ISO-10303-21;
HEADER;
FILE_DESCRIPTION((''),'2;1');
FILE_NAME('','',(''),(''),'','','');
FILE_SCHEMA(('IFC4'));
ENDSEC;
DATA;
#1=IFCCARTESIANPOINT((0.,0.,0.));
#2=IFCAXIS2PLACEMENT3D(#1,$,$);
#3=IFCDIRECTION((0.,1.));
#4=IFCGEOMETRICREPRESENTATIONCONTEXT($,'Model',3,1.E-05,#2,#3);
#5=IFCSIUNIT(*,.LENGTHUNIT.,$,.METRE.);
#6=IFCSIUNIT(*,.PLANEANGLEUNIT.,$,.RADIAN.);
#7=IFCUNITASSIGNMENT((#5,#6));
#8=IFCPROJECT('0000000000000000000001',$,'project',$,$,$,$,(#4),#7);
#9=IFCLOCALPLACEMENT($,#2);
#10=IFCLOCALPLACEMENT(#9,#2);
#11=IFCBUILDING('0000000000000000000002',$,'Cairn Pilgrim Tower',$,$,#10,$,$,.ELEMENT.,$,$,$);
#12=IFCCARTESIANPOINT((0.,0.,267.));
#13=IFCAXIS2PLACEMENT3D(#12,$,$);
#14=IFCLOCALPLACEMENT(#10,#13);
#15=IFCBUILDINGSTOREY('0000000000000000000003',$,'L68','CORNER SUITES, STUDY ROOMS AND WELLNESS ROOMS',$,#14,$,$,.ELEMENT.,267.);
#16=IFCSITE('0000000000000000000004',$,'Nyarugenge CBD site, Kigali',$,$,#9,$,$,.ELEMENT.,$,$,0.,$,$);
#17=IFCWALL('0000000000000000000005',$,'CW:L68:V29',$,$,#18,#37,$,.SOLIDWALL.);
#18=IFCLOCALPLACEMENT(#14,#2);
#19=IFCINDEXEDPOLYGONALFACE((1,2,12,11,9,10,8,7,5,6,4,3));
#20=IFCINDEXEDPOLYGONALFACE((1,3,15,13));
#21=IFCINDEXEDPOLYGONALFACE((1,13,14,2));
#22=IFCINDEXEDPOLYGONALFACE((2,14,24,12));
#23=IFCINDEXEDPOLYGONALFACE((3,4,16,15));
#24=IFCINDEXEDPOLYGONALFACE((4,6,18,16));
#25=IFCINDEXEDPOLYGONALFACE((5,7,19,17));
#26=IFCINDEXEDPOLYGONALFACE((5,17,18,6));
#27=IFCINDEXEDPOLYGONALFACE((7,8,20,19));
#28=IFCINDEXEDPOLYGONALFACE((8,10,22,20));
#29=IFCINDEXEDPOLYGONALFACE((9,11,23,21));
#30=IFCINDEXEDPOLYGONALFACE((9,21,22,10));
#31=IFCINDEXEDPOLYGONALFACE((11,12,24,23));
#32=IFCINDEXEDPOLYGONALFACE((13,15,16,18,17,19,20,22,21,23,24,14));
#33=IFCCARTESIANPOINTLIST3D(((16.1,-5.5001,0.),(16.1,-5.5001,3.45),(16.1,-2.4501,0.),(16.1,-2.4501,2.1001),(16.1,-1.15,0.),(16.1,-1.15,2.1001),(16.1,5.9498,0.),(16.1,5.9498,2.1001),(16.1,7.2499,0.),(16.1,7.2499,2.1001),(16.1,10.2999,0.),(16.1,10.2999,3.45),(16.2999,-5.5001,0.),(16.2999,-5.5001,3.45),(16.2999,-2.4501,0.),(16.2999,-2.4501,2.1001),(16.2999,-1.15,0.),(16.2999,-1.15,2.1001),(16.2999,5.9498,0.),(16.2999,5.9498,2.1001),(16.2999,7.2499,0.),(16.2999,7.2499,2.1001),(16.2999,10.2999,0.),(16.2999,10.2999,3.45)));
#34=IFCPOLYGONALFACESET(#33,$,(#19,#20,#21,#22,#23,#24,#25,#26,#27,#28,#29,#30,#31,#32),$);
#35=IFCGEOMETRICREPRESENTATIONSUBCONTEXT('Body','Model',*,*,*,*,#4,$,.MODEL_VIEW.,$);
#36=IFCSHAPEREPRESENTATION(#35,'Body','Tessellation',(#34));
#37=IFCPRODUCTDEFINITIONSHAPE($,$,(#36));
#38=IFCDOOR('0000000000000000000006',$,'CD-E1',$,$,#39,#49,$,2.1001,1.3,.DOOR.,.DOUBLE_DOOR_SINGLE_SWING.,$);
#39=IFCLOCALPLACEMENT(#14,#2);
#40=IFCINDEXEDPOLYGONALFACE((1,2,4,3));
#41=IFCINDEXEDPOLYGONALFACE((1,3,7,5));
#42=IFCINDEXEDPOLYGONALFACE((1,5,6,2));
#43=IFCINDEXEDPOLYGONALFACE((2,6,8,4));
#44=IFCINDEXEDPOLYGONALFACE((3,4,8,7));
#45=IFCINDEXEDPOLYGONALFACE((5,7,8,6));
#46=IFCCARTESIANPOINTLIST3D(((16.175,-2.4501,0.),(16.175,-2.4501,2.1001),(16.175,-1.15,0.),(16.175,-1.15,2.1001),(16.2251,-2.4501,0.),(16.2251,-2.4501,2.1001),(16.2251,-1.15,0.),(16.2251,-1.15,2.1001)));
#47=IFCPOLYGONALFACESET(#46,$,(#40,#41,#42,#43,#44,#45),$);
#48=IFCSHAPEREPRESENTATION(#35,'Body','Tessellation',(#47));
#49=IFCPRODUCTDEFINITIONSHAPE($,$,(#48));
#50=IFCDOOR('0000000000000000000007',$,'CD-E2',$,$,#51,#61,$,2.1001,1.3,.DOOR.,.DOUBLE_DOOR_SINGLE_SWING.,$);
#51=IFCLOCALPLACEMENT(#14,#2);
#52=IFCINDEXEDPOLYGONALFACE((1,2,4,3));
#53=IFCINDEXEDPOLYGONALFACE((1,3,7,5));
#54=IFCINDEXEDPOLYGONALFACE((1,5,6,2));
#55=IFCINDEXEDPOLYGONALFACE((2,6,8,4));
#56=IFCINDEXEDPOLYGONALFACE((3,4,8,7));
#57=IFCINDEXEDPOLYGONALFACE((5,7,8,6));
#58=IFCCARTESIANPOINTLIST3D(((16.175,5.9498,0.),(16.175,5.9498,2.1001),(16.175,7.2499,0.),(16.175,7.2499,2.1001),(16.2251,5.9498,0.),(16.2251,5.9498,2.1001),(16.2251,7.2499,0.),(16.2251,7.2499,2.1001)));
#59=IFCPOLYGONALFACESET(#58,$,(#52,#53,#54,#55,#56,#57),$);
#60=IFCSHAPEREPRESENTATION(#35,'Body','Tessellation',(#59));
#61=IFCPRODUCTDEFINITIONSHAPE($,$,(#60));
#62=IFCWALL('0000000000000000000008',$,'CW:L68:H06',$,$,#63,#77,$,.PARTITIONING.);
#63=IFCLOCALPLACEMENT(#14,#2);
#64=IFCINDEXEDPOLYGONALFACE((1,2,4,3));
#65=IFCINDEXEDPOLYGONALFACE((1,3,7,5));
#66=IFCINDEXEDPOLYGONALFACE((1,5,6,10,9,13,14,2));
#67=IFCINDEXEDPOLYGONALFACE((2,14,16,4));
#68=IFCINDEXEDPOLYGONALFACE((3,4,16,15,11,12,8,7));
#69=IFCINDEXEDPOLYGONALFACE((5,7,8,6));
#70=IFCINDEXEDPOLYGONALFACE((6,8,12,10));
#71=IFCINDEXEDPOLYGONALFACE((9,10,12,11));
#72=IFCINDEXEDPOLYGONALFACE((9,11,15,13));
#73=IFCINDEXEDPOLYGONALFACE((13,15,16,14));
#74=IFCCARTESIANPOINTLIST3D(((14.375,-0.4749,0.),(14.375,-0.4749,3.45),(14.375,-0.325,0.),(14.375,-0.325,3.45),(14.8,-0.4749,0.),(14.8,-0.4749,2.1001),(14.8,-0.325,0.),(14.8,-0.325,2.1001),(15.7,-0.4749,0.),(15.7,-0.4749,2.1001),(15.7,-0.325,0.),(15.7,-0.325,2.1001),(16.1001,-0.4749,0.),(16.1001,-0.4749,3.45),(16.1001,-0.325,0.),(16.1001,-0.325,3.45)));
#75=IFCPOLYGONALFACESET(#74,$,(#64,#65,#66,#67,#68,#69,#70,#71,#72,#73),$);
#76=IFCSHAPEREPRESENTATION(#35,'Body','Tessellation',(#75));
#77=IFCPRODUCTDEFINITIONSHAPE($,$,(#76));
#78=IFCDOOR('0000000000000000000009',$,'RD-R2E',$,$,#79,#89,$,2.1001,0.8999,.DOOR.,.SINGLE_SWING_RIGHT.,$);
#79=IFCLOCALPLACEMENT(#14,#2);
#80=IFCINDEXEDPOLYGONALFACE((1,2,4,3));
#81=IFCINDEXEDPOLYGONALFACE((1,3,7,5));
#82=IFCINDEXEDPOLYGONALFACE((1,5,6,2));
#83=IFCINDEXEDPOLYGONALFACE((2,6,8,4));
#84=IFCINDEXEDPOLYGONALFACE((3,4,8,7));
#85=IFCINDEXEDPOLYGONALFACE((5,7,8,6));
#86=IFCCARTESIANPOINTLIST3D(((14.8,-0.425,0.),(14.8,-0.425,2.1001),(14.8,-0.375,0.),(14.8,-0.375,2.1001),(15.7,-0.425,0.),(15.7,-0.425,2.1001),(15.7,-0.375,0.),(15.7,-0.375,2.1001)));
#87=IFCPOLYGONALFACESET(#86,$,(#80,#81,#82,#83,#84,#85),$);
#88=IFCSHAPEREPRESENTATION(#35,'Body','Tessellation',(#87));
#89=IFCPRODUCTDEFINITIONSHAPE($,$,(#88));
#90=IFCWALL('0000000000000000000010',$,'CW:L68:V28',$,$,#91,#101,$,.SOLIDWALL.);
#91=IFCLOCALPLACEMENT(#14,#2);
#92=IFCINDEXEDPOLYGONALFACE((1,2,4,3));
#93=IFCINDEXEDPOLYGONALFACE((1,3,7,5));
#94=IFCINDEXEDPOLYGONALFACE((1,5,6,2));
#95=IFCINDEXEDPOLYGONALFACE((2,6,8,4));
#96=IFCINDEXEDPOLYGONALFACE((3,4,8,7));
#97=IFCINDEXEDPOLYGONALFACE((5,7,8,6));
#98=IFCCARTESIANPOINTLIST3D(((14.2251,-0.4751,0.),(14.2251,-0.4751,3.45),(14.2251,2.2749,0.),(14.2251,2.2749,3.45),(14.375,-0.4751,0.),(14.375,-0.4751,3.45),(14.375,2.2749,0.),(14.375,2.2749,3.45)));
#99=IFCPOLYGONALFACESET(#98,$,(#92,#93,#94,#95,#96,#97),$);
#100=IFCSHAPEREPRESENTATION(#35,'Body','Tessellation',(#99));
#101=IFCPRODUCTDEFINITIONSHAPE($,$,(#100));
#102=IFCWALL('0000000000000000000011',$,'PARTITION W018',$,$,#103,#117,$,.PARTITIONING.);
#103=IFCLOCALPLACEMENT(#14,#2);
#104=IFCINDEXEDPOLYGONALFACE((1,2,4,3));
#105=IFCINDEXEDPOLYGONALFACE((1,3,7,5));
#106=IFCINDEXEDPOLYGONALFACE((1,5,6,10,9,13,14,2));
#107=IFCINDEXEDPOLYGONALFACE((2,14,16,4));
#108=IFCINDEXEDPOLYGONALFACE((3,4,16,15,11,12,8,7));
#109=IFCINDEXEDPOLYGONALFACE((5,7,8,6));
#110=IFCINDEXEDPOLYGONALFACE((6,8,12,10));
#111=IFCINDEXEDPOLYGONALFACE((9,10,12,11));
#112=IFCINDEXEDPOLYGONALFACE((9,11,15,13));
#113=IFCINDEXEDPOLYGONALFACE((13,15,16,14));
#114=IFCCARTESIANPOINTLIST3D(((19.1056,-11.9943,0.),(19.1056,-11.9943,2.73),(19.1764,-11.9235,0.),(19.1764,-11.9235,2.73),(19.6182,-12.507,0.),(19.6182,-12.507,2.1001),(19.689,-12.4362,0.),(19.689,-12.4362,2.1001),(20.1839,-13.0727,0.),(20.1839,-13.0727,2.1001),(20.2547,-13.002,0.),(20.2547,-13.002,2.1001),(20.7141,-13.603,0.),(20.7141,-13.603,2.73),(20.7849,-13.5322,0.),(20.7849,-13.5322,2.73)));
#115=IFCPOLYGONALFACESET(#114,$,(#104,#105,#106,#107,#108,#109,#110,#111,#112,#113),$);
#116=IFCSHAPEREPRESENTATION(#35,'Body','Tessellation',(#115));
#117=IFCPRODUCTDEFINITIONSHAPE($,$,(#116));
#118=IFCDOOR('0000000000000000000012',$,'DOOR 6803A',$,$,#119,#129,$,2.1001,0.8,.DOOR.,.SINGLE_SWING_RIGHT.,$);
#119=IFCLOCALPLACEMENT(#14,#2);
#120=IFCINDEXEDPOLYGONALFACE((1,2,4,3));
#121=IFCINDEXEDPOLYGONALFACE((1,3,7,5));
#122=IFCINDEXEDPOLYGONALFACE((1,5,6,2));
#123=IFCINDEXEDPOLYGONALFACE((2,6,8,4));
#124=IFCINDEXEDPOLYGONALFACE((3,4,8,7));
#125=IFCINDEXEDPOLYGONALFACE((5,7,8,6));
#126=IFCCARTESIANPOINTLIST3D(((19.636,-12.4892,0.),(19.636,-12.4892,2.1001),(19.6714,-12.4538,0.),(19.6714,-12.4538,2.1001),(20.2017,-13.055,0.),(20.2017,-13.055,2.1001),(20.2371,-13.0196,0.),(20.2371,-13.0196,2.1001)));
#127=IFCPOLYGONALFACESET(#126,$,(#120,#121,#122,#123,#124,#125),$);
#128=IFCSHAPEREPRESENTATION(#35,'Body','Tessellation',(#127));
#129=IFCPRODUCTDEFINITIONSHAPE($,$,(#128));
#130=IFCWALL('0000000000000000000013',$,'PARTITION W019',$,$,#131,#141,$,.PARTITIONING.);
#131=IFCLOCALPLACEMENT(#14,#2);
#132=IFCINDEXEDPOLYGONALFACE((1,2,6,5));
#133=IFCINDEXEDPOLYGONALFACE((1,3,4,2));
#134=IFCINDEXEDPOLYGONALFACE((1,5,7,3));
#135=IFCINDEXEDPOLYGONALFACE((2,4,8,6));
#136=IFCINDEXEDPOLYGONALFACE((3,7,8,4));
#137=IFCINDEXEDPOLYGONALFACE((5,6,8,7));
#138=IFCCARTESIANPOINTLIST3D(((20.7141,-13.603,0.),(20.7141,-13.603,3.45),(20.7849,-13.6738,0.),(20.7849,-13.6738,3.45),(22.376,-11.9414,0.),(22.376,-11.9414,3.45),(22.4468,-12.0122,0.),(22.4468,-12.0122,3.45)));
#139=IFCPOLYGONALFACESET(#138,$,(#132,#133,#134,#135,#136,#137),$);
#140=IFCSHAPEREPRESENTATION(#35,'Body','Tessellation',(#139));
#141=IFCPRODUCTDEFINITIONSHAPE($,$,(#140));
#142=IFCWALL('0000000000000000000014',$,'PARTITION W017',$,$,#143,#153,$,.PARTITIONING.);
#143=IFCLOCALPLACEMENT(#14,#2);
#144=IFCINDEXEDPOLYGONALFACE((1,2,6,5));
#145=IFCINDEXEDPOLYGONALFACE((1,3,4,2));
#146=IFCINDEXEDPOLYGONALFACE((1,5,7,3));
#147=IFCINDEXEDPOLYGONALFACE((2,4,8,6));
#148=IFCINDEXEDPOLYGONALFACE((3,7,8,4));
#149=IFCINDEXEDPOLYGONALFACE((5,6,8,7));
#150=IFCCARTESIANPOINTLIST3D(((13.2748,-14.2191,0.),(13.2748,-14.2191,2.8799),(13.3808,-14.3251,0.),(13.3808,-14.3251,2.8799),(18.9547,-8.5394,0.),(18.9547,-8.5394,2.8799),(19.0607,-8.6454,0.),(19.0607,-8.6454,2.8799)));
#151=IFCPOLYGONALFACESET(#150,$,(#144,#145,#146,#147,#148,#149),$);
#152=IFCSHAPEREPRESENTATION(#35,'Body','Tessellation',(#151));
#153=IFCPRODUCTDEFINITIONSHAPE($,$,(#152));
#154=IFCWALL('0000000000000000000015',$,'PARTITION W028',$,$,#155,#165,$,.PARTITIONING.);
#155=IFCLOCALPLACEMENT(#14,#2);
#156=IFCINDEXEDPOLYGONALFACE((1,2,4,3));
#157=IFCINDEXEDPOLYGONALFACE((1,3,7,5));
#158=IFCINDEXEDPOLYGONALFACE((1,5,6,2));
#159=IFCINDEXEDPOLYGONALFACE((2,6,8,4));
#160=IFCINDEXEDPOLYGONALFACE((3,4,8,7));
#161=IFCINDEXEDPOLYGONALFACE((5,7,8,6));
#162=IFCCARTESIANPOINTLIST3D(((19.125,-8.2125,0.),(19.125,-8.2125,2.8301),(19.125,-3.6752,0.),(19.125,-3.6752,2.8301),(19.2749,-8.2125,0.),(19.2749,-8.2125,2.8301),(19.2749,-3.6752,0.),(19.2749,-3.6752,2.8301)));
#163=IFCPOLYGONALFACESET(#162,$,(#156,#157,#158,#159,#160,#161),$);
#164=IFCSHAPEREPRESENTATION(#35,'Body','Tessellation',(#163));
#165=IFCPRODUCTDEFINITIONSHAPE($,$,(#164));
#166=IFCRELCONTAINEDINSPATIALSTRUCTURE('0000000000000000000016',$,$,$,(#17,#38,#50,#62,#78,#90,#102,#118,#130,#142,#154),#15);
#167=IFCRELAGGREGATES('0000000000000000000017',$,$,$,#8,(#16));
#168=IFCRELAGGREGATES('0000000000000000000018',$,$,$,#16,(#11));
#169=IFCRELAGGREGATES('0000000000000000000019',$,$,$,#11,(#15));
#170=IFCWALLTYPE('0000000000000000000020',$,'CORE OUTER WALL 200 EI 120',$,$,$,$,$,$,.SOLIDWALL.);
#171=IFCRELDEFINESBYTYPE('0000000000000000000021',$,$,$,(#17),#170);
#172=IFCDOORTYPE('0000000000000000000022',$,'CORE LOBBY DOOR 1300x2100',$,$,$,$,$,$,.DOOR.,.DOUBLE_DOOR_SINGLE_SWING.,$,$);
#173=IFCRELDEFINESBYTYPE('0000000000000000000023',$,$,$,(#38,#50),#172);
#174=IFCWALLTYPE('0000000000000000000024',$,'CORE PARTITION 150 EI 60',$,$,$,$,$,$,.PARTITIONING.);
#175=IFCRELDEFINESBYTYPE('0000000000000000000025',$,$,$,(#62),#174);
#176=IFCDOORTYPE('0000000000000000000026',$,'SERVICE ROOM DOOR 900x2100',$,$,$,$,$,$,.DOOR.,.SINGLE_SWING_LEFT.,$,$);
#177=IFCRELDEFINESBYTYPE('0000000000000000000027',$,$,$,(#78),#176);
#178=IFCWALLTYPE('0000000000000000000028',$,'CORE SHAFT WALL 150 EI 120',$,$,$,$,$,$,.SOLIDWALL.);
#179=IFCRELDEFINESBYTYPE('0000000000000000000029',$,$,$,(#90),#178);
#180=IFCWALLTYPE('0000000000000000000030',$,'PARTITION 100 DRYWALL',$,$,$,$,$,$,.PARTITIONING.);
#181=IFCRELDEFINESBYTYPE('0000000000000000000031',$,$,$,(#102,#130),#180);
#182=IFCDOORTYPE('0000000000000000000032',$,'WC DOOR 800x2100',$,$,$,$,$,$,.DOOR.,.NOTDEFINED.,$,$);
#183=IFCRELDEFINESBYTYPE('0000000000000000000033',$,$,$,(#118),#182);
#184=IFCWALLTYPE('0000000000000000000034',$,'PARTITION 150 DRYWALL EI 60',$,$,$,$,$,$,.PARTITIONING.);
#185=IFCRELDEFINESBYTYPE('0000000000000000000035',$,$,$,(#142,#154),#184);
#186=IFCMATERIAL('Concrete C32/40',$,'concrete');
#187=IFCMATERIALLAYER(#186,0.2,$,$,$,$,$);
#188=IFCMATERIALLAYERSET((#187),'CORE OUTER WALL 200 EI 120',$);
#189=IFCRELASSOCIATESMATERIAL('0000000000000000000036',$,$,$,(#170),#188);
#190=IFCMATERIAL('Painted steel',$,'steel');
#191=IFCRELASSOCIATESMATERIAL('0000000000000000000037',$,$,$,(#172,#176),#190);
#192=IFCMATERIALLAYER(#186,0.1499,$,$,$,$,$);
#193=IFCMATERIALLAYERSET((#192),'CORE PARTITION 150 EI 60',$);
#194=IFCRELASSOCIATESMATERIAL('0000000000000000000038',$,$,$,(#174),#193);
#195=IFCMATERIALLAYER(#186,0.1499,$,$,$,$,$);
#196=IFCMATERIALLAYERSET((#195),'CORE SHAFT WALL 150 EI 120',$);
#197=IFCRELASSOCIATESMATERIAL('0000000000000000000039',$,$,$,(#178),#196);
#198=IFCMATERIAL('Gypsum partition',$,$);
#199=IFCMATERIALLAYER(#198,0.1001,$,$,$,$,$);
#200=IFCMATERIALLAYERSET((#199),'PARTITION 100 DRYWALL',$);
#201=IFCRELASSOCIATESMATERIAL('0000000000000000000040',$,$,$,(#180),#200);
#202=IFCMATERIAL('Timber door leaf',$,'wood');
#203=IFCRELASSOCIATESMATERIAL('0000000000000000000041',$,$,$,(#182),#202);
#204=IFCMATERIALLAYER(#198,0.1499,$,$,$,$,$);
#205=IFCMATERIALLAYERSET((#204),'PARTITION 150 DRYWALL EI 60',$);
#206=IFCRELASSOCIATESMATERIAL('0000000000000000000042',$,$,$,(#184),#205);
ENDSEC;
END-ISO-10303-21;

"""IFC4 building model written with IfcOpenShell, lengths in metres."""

from ifc_helpers import new_model, si_unit, direction, frame, frame_2d, origin, place, context, subcontext, project, spatial, rectangle, extrude, material, layer, layer_set, type_object, element, fill, save


model = new_model("IFC4")

# Units and contexts
model_context = context("Model", 3, precision=1e-05, world=origin(), true_north=direction((0.0, 1.0)))
body_context = subcontext(model_context, "Body", "Model", "MODEL_VIEW")
ifc_project = project(units=[si_unit("LENGTHUNIT", "METRE"), si_unit("PLANEANGLEUNIT", "RADIAN")], contexts=[model_context])

# Site, building, storey
site_placement = place(None, origin())
site = spatial("IfcSite", under=ifc_project, at=site_placement, Name="Nyarugenge CBD site, Kigali", CompositionType="ELEMENT", RefElevation=0.0)
building_placement = place(site_placement, origin())
building = spatial("IfcBuilding", under=site, at=building_placement, Name="Cairn Pilgrim Tower", CompositionType="ELEMENT")
storey_placement = place(building_placement, frame((0.0, 0.0, 267.0)))
storey = spatial("IfcBuildingStorey", under=building, at=storey_placement, Name="L68", Description="CORNER SUITES, STUDY ROOMS AND WELLNESS ROOMS", CompositionType="ELEMENT", Elevation=267.0)

# Wall, openings, doors
ifc_material_1 = material(Name="Concrete C32/40", Category="concrete")
ifc_layer_1 = layer(ifc_material_1, 0.2)
ifc_layer_set_1 = layer_set([ifc_layer_1], Name="CORE OUTER WALL 200 EI 120")
wall_type_1 = type_object("IfcWallType", Name="CORE OUTER WALL 200 EI 120", PredefinedType="SOLIDWALL", material=ifc_layer_set_1)
wall_1_placement = place(storey_placement, frame((16.2, -5.5, 0.0), z_axis=(0.0, 0.0, 1.0), x_axis=(0.0, 1.0, 0.0)))
wall_1 = element("IfcWall", 1, at=wall_1_placement, inside=storey, type_object=wall_type_1, Name="CW:L68:V29", PredefinedType="SOLIDWALL", context=body_context, shape_type="SweptSolid", body=[
    extrude(rectangle(XDim=15.8, YDim=0.2, at=frame_2d((7.8999, 0.0))), origin(), (0.0, 0.0, 1.0), 3.45),
])
opening_1_placement = place(wall_1_placement, frame((3.05, 0.0, 0.0)))
opening_1 = element("IfcOpeningElement", 2, at=opening_1_placement, cuts=wall_1, PredefinedType="OPENING", context=body_context, shape_type="SweptSolid", body=[
    extrude(rectangle(XDim=1.3, YDim=2.1001, at=frame_2d((0.6499, 1.05))), frame((0.0, 0.1099, 0.0), z_axis=(0.0, -1.0, 0.0), x_axis=(1.0, 0.0, 0.0)), (0.0, 0.0, 1.0), 0.22),
])
opening_2_placement = place(wall_1_placement, frame((11.45, 0.0, 0.0)))
opening_2 = element("IfcOpeningElement", 3, at=opening_2_placement, cuts=wall_1, PredefinedType="OPENING", context=body_context, shape_type="SweptSolid", body=[
    extrude(rectangle(XDim=1.3, YDim=2.1001, at=frame_2d((0.6499, 1.05))), frame((0.0, 0.1099, 0.0), z_axis=(0.0, -1.0, 0.0), x_axis=(1.0, 0.0, 0.0)), (0.0, 0.0, 1.0), 0.22),
])
ifc_material_2 = material(Name="Painted steel", Category="steel")
door_type_1 = type_object("IfcDoorType", Name="CORE LOBBY DOOR 1300x2100", OperationType="DOUBLE_DOOR_SINGLE_SWING", PredefinedType="DOOR", material=ifc_material_2)
door_1_placement = place(opening_1_placement, origin())
door_1 = element("IfcDoor", 4, at=door_1_placement, inside=storey, type_object=door_type_1, Name="CD-E1", OperationType="DOUBLE_DOOR_SINGLE_SWING", OverallHeight=2.1001, OverallWidth=1.3, PredefinedType="DOOR", context=body_context, shape_type="SweptSolid", body=[
    extrude(rectangle(XDim=1.3, YDim=2.1001, at=frame_2d((0.6499, 1.05))), frame((0.0, 0.0249, 0.0), z_axis=(0.0, -1.0, 0.0), x_axis=(1.0, 0.0, 0.0)), (0.0, 0.0, 1.0), 0.05),
])
fill(opening_1, door_1)
door_2_placement = place(opening_2_placement, origin())
door_2 = element("IfcDoor", 5, at=door_2_placement, inside=storey, type_object=door_type_1, Name="CD-E2", OperationType="DOUBLE_DOOR_SINGLE_SWING", OverallHeight=2.1001, OverallWidth=1.3, PredefinedType="DOOR", context=body_context, shape_type="SweptSolid", body=[
    extrude(rectangle(XDim=1.3, YDim=2.1001, at=frame_2d((0.6499, 1.05))), frame((0.0, 0.0249, 0.0), z_axis=(0.0, -1.0, 0.0), x_axis=(1.0, 0.0, 0.0)), (0.0, 0.0, 1.0), 0.05),
])
fill(opening_2, door_2)

# Wall, opening, door
ifc_layer_2 = layer(ifc_material_1, 0.1499)
ifc_layer_set_2 = layer_set([ifc_layer_2], Name="CORE PARTITION 150 EI 60")
wall_type_2 = type_object("IfcWallType", Name="CORE PARTITION 150 EI 60", PredefinedType="PARTITIONING", material=ifc_layer_set_2)
wall_2_placement = place(storey_placement, frame((14.375, -0.3999, 0.0), z_axis=(0.0, 0.0, 1.0), x_axis=(1.0, 0.0, 0.0)))
wall_2 = element("IfcWall", 6, at=wall_2_placement, inside=storey, type_object=wall_type_2, Name="CW:L68:H06", PredefinedType="PARTITIONING", context=body_context, shape_type="SweptSolid", body=[
    extrude(rectangle(XDim=1.7251, YDim=0.1499, at=frame_2d((0.8625, 0.0))), origin(), (0.0, 0.0, 1.0), 3.45),
])
opening_3_placement = place(wall_2_placement, frame((0.425, 0.0, 0.0)))
opening_3 = element("IfcOpeningElement", 7, at=opening_3_placement, cuts=wall_2, PredefinedType="OPENING", context=body_context, shape_type="SweptSolid", body=[
    extrude(rectangle(XDim=0.8999, YDim=2.1001, at=frame_2d((0.45, 1.05))), frame((0.0, 0.085, 0.0), z_axis=(0.0, -1.0, 0.0), x_axis=(1.0, 0.0, 0.0)), (0.0, 0.0, 1.0), 0.1699),
])
door_type_2 = type_object("IfcDoorType", Name="SERVICE ROOM DOOR 900x2100", OperationType="SINGLE_SWING_LEFT", PredefinedType="DOOR", material=ifc_material_2)
door_3_placement = place(opening_3_placement, origin())
door_3 = element("IfcDoor", 8, at=door_3_placement, inside=storey, type_object=door_type_2, Name="RD-R2E", OperationType="SINGLE_SWING_RIGHT", OverallHeight=2.1001, OverallWidth=0.8999, PredefinedType="DOOR", context=body_context, shape_type="SweptSolid", body=[
    extrude(rectangle(XDim=0.8999, YDim=2.1001, at=frame_2d((0.45, 1.05))), frame((0.0, 0.0249, 0.0), z_axis=(0.0, -1.0, 0.0), x_axis=(1.0, 0.0, 0.0)), (0.0, 0.0, 1.0), 0.05),
])
fill(opening_3, door_3)

# Wall
ifc_layer_3 = layer(ifc_material_1, 0.1499)
ifc_layer_set_3 = layer_set([ifc_layer_3], Name="CORE SHAFT WALL 150 EI 120")
wall_type_3 = type_object("IfcWallType", Name="CORE SHAFT WALL 150 EI 120", PredefinedType="SOLIDWALL", material=ifc_layer_set_3)
wall_3_placement = place(storey_placement, frame((14.3, -0.4751, 0.0), z_axis=(0.0, 0.0, 1.0), x_axis=(0.0, 1.0, 0.0)))
element("IfcWall", 9, at=wall_3_placement, inside=storey, type_object=wall_type_3, Name="CW:L68:V28", PredefinedType="SOLIDWALL", context=body_context, shape_type="SweptSolid", body=[
    extrude(rectangle(XDim=2.75, YDim=0.1499, at=frame_2d((1.375, 0.0))), origin(), (0.0, 0.0, 1.0), 3.45),
])

# Wall, opening, door
ifc_material_3 = material(Name="Gypsum partition")
ifc_layer_4 = layer(ifc_material_3, 0.1001)
ifc_layer_set_4 = layer_set([ifc_layer_4], Name="PARTITION 100 DRYWALL")
wall_type_4 = type_object("IfcWallType", Name="PARTITION 100 DRYWALL", PredefinedType="PARTITIONING", material=ifc_layer_set_4)
wall_4_placement = place(storey_placement, frame((20.7495, -13.5676, 0.0), z_axis=(0.0, 0.0, 1.0), x_axis=(-0.707053, 0.70716, 0.0)))
wall_4 = element("IfcWall", 10, at=wall_4_placement, inside=storey, type_object=wall_type_4, Name="PARTITION W018", PredefinedType="PARTITIONING", context=body_context, shape_type="SweptSolid", body=[
    extrude(rectangle(XDim=2.2749, YDim=0.1001, at=frame_2d((1.1375, 0.0))), origin(), (0.0, 0.0, 1.0), 2.73),
])
opening_4_placement = place(wall_4_placement, frame((0.75, 0.0, 0.0)))
opening_4 = element("IfcOpeningElement", 11, at=opening_4_placement, cuts=wall_4, PredefinedType="OPENING", context=body_context, shape_type="SweptSolid", body=[
    extrude(rectangle(XDim=0.8, YDim=2.1001, at=frame_2d((0.3999, 1.05))), frame((0.0, 0.0601, 0.0), z_axis=(0.0, -1.0, 0.0), x_axis=(1.0, 0.0, 0.0)), (0.0, 0.0, 1.0), 0.1201),
])
ifc_material_4 = material(Name="Timber door leaf", Category="wood")
door_type_3 = type_object("IfcDoorType", Name="WC DOOR 800x2100", OperationType="NOTDEFINED", PredefinedType="DOOR", material=ifc_material_4)
door_4_placement = place(opening_4_placement, origin())
door_4 = element("IfcDoor", 12, at=door_4_placement, inside=storey, type_object=door_type_3, Name="DOOR 6803A", OperationType="SINGLE_SWING_RIGHT", OverallHeight=2.1001, OverallWidth=0.8, PredefinedType="DOOR", context=body_context, shape_type="SweptSolid", body=[
    extrude(rectangle(XDim=0.8, YDim=2.1001, at=frame_2d((0.3999, 1.05))), frame((0.0, 0.0249, 0.0), z_axis=(0.0, -1.0, 0.0), x_axis=(1.0, 0.0, 0.0)), (0.0, 0.0, 1.0), 0.05),
])
fill(opening_4, door_4)

# Walls
wall_5_placement = place(storey_placement, frame((20.7495, -13.6384, 0.0), z_axis=(0.0, 0.0, 1.0), x_axis=(0.707159, 0.707055, 0.0)))
element("IfcWall", 13, at=wall_5_placement, inside=storey, type_object=wall_type_4, Name="PARTITION W019", PredefinedType="PARTITIONING", context=body_context, shape_type="SweptSolid", body=[
    extrude(rectangle(XDim=2.3501, YDim=0.1001, at=frame_2d((1.175, 0.0))), origin(), (0.0, 0.0, 1.0), 3.45),
])
ifc_layer_5 = layer(ifc_material_3, 0.1499)
ifc_layer_set_5 = layer_set([ifc_layer_5], Name="PARTITION 150 DRYWALL EI 60")
wall_type_5 = type_object("IfcWallType", Name="PARTITION 150 DRYWALL EI 60", PredefinedType="PARTITIONING", material=ifc_layer_set_5)
wall_6_placement = place(storey_placement, frame((13.3279, -14.272, 0.0), z_axis=(0.0, 0.0, 1.0), x_axis=(0.707122, 0.707092, 0.0)))
element("IfcWall", 14, at=wall_6_placement, inside=storey, type_object=wall_type_5, Name="PARTITION W017", PredefinedType="PARTITIONING", context=body_context, shape_type="SweptSolid", body=[
    extrude(rectangle(XDim=8.0325, YDim=0.1499, at=frame_2d((4.0161, 0.0))), origin(), (0.0, 0.0, 1.0), 2.8799),
])
wall_7_placement = place(storey_placement, frame((19.2, -8.2124, 0.0), z_axis=(0.0, 0.0, 1.0), x_axis=(0.0, 1.0, 0.0)))
element("IfcWall", 15, at=wall_7_placement, inside=storey, type_object=wall_type_5, Name="PARTITION W028", PredefinedType="PARTITIONING", context=body_context, shape_type="SweptSolid", body=[
    extrude(rectangle(XDim=4.5374, YDim=0.1499, at=frame_2d((2.2686, 0.0))), origin(), (0.0, 0.0, 1.0), 2.8301),
])

save(model, "model.ifc")
